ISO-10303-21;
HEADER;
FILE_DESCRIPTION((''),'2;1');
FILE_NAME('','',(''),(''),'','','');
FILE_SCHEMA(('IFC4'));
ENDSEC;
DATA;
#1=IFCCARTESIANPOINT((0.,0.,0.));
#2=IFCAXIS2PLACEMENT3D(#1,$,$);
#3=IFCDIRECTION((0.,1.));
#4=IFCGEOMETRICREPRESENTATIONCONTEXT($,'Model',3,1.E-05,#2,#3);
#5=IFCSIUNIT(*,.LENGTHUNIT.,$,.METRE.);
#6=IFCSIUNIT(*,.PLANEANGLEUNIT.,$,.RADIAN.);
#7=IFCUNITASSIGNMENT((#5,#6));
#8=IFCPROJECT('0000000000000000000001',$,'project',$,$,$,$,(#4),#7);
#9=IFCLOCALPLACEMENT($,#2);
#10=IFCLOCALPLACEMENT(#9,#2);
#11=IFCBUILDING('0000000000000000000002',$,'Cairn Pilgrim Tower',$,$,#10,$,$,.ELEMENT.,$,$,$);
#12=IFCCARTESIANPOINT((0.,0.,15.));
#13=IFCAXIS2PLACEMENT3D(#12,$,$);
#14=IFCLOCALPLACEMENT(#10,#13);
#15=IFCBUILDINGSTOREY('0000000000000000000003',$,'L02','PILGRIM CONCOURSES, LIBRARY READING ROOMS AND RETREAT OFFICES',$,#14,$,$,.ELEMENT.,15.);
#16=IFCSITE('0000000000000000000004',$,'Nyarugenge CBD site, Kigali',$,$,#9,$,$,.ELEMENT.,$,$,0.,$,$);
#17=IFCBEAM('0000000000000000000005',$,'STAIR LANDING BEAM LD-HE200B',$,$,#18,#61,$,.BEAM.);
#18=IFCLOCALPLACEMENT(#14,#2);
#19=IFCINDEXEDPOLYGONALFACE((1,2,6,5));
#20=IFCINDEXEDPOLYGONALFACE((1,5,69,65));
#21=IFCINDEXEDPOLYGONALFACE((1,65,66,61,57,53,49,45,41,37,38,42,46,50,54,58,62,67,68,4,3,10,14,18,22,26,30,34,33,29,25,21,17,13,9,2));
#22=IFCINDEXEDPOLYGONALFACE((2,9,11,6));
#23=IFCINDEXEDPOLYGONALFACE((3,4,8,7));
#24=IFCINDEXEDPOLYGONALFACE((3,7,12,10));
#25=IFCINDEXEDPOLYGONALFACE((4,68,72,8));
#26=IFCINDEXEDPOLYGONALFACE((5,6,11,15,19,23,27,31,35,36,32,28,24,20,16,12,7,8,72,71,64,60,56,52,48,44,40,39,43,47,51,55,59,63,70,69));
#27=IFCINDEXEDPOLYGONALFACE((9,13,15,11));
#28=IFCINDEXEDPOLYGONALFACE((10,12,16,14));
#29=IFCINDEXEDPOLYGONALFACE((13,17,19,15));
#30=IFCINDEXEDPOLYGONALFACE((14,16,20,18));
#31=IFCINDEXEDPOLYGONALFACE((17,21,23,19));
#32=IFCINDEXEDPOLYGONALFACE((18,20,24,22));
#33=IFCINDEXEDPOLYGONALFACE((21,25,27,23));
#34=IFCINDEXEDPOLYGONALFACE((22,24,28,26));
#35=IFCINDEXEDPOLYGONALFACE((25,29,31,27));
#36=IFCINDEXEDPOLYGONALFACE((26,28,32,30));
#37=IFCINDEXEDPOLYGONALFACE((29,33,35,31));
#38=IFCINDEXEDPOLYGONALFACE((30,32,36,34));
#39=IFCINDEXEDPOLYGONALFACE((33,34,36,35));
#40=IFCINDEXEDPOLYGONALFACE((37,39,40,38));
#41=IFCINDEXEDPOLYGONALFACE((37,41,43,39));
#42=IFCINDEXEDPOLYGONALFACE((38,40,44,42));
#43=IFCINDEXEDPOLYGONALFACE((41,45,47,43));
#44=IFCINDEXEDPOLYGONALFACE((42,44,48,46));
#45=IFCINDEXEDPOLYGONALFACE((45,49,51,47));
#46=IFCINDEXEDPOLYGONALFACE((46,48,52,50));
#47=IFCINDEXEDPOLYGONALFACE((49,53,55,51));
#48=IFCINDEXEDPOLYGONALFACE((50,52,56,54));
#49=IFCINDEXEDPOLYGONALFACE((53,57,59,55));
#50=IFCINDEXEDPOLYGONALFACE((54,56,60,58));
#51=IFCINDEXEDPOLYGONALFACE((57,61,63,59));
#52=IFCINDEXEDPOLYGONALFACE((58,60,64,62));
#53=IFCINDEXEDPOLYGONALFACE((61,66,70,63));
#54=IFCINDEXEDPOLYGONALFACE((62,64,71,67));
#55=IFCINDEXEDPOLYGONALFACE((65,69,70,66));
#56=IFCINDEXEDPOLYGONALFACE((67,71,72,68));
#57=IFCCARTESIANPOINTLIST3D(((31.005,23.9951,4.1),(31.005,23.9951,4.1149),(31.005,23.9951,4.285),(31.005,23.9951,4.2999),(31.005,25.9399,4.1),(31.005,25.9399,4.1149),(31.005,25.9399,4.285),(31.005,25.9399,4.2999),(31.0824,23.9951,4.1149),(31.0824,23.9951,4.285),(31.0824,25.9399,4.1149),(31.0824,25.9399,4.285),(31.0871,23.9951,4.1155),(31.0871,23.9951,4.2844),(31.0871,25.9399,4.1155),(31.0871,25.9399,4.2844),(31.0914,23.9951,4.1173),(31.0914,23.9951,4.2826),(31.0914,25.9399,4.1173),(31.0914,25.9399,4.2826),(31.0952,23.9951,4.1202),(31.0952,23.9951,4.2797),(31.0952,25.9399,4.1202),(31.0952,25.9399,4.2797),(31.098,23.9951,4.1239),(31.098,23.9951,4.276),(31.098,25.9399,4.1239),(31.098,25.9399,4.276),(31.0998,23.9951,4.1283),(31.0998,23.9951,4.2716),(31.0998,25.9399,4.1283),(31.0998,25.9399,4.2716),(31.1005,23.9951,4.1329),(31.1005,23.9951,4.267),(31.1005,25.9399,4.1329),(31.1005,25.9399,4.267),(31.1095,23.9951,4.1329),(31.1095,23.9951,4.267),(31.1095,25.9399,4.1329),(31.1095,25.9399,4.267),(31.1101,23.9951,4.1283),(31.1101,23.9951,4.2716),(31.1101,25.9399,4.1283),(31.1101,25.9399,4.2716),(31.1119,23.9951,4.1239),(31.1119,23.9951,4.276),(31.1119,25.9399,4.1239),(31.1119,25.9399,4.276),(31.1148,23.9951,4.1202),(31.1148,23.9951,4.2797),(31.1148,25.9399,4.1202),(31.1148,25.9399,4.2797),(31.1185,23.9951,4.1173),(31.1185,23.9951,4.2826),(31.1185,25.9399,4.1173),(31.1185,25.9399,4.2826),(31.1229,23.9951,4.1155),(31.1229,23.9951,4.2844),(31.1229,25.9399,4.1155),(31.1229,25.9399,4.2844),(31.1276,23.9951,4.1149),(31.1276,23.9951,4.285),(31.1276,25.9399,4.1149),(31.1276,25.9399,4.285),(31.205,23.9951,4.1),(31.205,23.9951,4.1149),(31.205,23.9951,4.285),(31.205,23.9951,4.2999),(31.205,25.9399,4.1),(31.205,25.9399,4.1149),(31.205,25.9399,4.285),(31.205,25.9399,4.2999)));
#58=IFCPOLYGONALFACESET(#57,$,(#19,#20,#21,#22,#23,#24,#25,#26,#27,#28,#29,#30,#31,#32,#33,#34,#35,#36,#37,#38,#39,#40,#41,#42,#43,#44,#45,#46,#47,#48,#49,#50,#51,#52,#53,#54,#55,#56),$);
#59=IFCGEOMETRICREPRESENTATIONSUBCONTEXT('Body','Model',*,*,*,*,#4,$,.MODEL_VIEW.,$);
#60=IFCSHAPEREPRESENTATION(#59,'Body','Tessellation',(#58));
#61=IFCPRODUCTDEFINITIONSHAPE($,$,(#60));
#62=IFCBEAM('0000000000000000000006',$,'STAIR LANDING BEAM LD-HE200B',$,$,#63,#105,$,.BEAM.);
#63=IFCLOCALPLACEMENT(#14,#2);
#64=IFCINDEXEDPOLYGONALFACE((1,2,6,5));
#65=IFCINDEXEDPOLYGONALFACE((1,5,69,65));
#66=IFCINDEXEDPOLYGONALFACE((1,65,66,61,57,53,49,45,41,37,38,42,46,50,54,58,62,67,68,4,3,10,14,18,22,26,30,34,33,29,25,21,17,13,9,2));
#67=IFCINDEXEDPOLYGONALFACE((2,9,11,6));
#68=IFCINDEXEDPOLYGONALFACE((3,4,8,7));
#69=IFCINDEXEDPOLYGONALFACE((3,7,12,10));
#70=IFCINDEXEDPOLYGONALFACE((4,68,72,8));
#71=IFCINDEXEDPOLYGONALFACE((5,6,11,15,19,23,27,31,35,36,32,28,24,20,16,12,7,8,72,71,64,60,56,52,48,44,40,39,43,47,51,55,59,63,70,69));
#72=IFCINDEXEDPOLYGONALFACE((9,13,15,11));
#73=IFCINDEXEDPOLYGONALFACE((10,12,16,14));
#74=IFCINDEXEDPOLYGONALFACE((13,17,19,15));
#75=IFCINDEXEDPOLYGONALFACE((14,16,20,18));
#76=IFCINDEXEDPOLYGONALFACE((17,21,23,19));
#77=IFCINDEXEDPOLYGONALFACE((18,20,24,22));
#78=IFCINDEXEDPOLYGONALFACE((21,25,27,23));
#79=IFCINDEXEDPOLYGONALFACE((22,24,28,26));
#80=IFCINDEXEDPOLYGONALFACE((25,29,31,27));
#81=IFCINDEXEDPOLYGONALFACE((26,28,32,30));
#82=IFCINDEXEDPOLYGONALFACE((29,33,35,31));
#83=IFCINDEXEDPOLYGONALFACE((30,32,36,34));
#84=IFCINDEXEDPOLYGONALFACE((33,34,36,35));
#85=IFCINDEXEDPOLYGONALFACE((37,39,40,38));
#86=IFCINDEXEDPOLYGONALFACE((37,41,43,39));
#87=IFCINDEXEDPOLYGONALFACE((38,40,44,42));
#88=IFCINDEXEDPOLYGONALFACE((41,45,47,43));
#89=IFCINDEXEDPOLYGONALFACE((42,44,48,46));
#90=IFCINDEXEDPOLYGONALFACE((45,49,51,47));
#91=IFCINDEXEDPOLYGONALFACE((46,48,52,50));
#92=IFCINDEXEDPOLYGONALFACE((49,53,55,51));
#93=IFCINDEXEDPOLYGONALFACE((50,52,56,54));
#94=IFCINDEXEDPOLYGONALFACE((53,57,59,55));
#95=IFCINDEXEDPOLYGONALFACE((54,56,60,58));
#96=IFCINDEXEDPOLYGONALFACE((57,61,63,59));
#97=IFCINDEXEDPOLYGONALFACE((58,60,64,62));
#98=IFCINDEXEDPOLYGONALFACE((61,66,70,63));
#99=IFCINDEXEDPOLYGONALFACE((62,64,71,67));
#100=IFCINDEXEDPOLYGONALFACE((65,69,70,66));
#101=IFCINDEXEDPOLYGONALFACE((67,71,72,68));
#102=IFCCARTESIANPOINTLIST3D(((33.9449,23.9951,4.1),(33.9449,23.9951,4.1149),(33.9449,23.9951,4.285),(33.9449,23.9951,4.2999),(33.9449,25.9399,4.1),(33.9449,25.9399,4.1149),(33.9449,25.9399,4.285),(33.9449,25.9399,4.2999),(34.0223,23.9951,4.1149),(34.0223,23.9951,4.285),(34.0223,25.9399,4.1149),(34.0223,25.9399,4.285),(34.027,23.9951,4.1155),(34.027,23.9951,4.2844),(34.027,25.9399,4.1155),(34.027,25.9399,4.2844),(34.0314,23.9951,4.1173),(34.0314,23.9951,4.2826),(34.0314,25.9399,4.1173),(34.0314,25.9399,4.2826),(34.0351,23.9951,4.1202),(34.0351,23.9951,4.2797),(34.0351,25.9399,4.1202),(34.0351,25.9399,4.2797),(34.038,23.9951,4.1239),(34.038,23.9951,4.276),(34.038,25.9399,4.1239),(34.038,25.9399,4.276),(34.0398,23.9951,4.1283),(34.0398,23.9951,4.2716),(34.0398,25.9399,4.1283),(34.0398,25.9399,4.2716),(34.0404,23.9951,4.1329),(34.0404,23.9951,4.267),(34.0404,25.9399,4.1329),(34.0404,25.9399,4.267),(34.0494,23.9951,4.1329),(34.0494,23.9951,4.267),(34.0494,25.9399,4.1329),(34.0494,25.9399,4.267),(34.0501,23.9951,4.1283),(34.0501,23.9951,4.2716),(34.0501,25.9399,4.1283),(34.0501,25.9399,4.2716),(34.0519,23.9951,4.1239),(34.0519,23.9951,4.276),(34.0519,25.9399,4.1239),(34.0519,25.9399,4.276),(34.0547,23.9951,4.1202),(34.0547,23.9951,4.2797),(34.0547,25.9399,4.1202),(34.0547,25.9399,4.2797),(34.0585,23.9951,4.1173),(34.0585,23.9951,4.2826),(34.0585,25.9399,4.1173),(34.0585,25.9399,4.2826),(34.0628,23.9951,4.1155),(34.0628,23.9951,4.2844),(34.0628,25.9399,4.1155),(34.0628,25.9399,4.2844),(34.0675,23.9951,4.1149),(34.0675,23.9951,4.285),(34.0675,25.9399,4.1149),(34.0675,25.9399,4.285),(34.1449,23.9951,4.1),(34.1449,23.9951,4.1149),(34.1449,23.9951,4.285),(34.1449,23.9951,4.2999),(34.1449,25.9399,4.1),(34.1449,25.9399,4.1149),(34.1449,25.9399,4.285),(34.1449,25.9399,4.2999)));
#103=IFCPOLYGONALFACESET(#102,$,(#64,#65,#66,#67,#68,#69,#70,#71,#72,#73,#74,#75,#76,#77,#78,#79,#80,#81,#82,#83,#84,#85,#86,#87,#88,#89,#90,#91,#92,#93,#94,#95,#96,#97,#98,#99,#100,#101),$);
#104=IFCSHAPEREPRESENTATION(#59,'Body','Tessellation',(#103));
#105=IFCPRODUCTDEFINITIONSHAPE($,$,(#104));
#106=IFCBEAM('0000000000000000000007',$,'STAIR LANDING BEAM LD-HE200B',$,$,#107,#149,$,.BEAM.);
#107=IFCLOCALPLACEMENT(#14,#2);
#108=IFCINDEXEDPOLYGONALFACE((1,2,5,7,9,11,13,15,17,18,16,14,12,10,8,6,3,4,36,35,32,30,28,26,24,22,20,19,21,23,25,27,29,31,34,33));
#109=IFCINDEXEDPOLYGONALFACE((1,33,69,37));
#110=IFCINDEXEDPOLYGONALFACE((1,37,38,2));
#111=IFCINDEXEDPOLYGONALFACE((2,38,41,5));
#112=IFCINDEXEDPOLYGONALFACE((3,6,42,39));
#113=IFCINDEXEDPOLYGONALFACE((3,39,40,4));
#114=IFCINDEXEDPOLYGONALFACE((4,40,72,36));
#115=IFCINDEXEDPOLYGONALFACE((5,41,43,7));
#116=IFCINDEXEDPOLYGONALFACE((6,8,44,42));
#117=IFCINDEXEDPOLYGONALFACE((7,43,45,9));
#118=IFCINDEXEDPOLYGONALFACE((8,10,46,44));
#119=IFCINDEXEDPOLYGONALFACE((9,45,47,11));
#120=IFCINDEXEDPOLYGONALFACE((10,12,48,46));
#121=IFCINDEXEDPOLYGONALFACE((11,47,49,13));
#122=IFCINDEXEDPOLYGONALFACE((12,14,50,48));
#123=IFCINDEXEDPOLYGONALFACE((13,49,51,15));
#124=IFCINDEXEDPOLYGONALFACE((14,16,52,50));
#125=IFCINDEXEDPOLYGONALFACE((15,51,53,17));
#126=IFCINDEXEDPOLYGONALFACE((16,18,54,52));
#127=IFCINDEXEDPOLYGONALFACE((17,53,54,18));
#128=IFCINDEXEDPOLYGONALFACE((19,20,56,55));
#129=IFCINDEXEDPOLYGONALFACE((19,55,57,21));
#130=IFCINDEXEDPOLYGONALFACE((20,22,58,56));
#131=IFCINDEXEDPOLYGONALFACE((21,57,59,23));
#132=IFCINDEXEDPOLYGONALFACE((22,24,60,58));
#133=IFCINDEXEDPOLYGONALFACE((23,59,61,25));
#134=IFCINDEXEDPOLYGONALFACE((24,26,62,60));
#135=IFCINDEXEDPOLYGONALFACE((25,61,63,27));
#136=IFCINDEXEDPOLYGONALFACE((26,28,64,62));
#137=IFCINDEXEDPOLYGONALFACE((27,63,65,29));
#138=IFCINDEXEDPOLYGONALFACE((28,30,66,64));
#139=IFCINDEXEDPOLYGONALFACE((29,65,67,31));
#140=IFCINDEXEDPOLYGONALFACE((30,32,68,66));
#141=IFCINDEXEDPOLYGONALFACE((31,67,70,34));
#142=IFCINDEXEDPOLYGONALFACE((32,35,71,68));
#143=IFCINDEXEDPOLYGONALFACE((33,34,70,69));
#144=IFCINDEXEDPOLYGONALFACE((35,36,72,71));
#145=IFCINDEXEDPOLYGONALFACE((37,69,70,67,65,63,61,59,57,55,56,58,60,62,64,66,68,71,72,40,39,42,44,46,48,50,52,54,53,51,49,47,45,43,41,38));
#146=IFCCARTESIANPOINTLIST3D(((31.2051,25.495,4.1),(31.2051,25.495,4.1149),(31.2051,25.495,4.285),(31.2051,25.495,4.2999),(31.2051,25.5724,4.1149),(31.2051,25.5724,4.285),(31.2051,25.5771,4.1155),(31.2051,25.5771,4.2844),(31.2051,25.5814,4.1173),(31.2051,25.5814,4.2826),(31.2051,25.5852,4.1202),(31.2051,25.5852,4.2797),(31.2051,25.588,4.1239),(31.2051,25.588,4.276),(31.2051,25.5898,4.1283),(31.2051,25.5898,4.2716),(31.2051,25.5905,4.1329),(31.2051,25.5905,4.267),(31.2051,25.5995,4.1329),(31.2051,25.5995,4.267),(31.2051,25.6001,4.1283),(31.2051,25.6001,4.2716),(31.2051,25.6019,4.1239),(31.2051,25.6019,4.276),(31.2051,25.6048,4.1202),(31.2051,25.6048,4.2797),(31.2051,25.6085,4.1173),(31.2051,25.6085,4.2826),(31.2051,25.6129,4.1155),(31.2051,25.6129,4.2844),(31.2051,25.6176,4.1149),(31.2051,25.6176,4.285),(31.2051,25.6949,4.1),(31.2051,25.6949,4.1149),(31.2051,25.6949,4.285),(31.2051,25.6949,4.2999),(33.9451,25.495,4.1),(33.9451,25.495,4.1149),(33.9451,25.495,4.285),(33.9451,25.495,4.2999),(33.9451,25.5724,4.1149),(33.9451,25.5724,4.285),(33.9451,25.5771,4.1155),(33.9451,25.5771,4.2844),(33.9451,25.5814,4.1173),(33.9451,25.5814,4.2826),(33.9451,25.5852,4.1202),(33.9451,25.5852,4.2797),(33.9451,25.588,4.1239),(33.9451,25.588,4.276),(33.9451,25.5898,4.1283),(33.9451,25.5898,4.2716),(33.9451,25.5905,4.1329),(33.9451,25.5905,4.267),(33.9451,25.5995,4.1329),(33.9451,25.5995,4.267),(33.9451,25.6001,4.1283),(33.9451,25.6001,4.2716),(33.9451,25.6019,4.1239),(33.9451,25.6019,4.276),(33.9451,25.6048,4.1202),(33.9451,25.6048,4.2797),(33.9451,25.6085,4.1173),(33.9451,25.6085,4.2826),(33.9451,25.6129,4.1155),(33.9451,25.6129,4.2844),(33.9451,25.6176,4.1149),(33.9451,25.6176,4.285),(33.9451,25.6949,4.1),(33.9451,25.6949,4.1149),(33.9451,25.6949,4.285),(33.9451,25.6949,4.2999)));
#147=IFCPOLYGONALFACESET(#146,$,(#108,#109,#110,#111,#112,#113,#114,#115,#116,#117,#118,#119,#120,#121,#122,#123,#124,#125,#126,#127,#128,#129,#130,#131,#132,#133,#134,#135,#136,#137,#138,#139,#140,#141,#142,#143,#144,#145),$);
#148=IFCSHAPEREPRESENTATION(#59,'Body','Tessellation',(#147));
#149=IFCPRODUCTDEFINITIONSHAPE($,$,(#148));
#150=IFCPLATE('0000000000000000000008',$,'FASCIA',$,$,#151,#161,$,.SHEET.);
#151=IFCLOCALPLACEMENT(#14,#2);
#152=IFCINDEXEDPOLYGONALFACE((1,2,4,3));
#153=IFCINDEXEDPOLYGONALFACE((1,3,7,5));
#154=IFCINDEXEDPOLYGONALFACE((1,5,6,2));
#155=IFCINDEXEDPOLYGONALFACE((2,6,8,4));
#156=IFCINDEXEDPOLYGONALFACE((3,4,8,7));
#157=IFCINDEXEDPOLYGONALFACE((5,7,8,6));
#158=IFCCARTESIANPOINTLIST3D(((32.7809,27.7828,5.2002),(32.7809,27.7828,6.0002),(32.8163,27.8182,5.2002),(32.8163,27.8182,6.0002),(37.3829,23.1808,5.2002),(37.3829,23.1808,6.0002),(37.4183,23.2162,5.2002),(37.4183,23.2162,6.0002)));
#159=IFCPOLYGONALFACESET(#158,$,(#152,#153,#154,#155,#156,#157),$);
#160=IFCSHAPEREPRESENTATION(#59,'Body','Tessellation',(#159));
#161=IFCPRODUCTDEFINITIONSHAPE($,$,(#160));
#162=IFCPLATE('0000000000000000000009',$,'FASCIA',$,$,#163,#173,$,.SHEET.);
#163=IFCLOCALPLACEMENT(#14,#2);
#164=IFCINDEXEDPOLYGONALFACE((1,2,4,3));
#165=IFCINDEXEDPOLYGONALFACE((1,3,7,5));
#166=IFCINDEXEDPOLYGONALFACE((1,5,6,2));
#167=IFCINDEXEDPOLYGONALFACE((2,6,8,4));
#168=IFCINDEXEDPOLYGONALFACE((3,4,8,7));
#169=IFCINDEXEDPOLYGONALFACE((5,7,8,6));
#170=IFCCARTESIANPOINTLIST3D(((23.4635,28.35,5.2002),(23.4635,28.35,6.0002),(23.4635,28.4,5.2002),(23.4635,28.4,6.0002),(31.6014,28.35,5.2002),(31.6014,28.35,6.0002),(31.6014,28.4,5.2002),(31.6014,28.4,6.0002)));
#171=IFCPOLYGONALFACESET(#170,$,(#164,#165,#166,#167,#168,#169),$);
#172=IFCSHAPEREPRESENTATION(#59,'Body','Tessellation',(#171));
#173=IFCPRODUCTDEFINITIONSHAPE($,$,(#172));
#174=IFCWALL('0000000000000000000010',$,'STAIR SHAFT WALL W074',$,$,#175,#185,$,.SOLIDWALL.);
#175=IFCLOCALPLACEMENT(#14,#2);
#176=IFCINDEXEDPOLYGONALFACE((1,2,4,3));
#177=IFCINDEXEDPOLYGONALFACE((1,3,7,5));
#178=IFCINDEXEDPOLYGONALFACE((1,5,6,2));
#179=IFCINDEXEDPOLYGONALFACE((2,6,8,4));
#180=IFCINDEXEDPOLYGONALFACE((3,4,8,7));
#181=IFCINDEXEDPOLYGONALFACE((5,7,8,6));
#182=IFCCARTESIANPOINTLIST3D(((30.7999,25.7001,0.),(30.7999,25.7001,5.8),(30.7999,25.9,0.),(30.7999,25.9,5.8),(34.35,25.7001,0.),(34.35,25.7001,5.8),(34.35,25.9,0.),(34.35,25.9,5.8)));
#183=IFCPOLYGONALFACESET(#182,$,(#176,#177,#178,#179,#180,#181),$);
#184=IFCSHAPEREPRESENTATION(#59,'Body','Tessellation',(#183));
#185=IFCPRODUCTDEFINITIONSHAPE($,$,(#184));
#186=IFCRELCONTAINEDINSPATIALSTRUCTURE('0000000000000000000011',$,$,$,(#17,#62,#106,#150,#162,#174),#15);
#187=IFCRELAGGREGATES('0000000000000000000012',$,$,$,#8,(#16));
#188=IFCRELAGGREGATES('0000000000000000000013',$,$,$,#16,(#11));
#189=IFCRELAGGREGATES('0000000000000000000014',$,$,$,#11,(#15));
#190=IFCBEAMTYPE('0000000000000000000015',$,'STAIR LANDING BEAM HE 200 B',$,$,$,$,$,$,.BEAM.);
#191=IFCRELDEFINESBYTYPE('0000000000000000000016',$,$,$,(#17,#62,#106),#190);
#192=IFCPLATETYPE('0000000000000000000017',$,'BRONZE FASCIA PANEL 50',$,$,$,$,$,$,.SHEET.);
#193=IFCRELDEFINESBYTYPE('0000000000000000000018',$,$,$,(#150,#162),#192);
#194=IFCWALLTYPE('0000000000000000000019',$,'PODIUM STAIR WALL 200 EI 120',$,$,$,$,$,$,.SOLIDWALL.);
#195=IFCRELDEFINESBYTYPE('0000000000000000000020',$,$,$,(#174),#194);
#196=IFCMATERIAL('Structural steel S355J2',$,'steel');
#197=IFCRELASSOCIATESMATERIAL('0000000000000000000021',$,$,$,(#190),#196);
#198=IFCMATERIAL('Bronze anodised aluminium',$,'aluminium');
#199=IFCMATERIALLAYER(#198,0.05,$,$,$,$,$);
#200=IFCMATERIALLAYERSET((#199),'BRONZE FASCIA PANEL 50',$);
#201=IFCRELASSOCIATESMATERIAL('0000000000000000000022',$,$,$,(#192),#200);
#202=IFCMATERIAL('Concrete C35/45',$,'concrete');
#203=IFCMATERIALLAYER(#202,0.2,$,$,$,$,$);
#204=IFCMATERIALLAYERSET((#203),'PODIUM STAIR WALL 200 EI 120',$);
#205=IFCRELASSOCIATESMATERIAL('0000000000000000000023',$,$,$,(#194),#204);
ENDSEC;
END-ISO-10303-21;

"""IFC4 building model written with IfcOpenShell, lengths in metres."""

from ifc_helpers import new_model, si_unit, direction, frame, frame_2d, origin, origin_2d, place, context, subcontext, project, spatial, rectangle, i_section, extrude, material, layer, layer_set, material_profile, profile_set, type_object, element, save


model = new_model("IFC4")

# Units and contexts
model_context = context("Model", 3, precision=1e-05, world=origin(), true_north=direction((0.0, 1.0)))
body_context = subcontext(model_context, "Body", "Model", "MODEL_VIEW")
ifc_project = project(units=[si_unit("LENGTHUNIT", "METRE"), si_unit("PLANEANGLEUNIT", "RADIAN")], contexts=[model_context])

# Site, building, storey
site_placement = place(None, origin())
site = spatial("IfcSite", under=ifc_project, at=site_placement, Name="Nyarugenge CBD site, Kigali", CompositionType="ELEMENT", RefElevation=0.0)
building_placement = place(site_placement, origin())
building = spatial("IfcBuilding", under=site, at=building_placement, Name="Cairn Pilgrim Tower", CompositionType="ELEMENT")
storey_placement = place(building_placement, frame((0.0, 0.0, 15.0)))
storey = spatial("IfcBuildingStorey", under=building, at=storey_placement, Name="L02", Description="PILGRIM CONCOURSES, LIBRARY READING ROOMS AND RETREAT OFFICES", CompositionType="ELEMENT", Elevation=15.0)

# Shared definitions
ifc_material_1 = material(Name="Structural steel S355J2", Category="steel")

# Beams
ifc_material_profile_1 = material_profile(ifc_material_1, i_section(OverallWidth=0.2, OverallDepth=0.2, WebThickness=0.009, FlangeThickness=0.0149, FilletRadius=0.0181, at=origin_2d()), Name="HE 200 B")
ifc_profile_set_1 = profile_set([ifc_material_profile_1], Name="Structural steel S355J2")
beam_type_1 = type_object("IfcBeamType", Name="STAIR LANDING BEAM HE 200 B", PredefinedType="BEAM", material=ifc_profile_set_1)
for number, where, z_axis, x_axis, name in (
    (1, (31.105, 25.9399, 4.2), (0.0, -1.0, 0.0), (1.0, 0.0, 0.0), "STAIR LANDING BEAM LD-HE200B"),
    (2, (34.0449, 25.9399, 4.2), (0.0, -1.0, 0.0), (1.0, 0.0, 0.0), "STAIR LANDING BEAM LD-HE200B"),
):
    element("IfcBeam", number, at=place(storey_placement, frame(where, z_axis=z_axis, x_axis=x_axis)), inside=storey, type_object=beam_type_1, Name=name, PredefinedType="BEAM", context=body_context, shape_type="SweptSolid", body=[
        extrude(i_section(OverallWidth=0.2, OverallDepth=0.2, WebThickness=0.009, FlangeThickness=0.0149, FilletRadius=0.0181, at=origin_2d()), origin(), (0.0, 0.0, 1.0), 1.9448),
    ])
beam_1_placement = place(storey_placement, frame((31.2051, 25.595, 4.2), z_axis=(1.0, 0.0, 0.0), x_axis=(0.0, 1.0, 0.0)))
element("IfcBeam", 3, at=beam_1_placement, inside=storey, type_object=beam_type_1, Name="STAIR LANDING BEAM LD-HE200B", PredefinedType="BEAM", context=body_context, shape_type="SweptSolid", body=[
    extrude(i_section(OverallWidth=0.2, OverallDepth=0.2, WebThickness=0.009, FlangeThickness=0.0149, FilletRadius=0.0181, at=origin_2d()), origin(), (0.0, 0.0, 1.0), 2.74),
])

# Plates
ifc_material_2 = material(Name="Bronze anodised aluminium", Category="aluminium")
ifc_layer_1 = layer(ifc_material_2, 0.05)
ifc_layer_set_1 = layer_set([ifc_layer_1], Name="BRONZE FASCIA PANEL 50")
plate_type = type_object("IfcPlateType", Name="BRONZE FASCIA PANEL 50", PredefinedType="SHEET", material=ifc_layer_set_1)
plate_1_placement = place(storey_placement, frame((35.0996, 25.4995, 5.2002), z_axis=(0.0, 0.0, 1.0), x_axis=(-0.707107, 0.707107, 0.0)))
element("IfcPlate", 4, at=plate_1_placement, inside=storey, type_object=plate_type, Name="FASCIA", PredefinedType="SHEET", context=body_context, shape_type="SweptSolid", body=[
    extrude(rectangle(XDim=6.5083, YDim=0.05, at=origin_2d()), origin(), (0.0, 0.0, 1.0), 0.8),
])
plate_2_placement = place(storey_placement, frame((27.5325, 28.375, 5.2002), z_axis=(0.0, 0.0, 1.0), x_axis=(-1.0, 0.0, 0.0)))
element("IfcPlate", 5, at=plate_2_placement, inside=storey, type_object=plate_type, Name="FASCIA", PredefinedType="SHEET", context=body_context, shape_type="SweptSolid", body=[
    extrude(rectangle(XDim=8.1379, YDim=0.05, at=origin_2d()), origin(), (0.0, 0.0, 1.0), 0.8),
])

# Wall
ifc_material_3 = material(Name="Concrete C35/45", Category="concrete")
ifc_layer_2 = layer(ifc_material_3, 0.2)
ifc_layer_set_2 = layer_set([ifc_layer_2], Name="PODIUM STAIR WALL 200 EI 120")
wall_type_1 = type_object("IfcWallType", Name="PODIUM STAIR WALL 200 EI 120", PredefinedType="SOLIDWALL", material=ifc_layer_set_2)
wall_1_placement = place(storey_placement, frame((30.8, 25.8, 0.0), z_axis=(0.0, 0.0, 1.0), x_axis=(1.0, 0.0, 0.0)))
element("IfcWall", 6, at=wall_1_placement, inside=storey, type_object=wall_type_1, Name="STAIR SHAFT WALL W074", PredefinedType="SOLIDWALL", context=body_context, shape_type="SweptSolid", body=[
    extrude(rectangle(XDim=3.55, YDim=0.2, at=frame_2d((1.7749, 0.0))), origin(), (0.0, 0.0, 1.0), 5.8),
])

save(model, "model.ifc")
